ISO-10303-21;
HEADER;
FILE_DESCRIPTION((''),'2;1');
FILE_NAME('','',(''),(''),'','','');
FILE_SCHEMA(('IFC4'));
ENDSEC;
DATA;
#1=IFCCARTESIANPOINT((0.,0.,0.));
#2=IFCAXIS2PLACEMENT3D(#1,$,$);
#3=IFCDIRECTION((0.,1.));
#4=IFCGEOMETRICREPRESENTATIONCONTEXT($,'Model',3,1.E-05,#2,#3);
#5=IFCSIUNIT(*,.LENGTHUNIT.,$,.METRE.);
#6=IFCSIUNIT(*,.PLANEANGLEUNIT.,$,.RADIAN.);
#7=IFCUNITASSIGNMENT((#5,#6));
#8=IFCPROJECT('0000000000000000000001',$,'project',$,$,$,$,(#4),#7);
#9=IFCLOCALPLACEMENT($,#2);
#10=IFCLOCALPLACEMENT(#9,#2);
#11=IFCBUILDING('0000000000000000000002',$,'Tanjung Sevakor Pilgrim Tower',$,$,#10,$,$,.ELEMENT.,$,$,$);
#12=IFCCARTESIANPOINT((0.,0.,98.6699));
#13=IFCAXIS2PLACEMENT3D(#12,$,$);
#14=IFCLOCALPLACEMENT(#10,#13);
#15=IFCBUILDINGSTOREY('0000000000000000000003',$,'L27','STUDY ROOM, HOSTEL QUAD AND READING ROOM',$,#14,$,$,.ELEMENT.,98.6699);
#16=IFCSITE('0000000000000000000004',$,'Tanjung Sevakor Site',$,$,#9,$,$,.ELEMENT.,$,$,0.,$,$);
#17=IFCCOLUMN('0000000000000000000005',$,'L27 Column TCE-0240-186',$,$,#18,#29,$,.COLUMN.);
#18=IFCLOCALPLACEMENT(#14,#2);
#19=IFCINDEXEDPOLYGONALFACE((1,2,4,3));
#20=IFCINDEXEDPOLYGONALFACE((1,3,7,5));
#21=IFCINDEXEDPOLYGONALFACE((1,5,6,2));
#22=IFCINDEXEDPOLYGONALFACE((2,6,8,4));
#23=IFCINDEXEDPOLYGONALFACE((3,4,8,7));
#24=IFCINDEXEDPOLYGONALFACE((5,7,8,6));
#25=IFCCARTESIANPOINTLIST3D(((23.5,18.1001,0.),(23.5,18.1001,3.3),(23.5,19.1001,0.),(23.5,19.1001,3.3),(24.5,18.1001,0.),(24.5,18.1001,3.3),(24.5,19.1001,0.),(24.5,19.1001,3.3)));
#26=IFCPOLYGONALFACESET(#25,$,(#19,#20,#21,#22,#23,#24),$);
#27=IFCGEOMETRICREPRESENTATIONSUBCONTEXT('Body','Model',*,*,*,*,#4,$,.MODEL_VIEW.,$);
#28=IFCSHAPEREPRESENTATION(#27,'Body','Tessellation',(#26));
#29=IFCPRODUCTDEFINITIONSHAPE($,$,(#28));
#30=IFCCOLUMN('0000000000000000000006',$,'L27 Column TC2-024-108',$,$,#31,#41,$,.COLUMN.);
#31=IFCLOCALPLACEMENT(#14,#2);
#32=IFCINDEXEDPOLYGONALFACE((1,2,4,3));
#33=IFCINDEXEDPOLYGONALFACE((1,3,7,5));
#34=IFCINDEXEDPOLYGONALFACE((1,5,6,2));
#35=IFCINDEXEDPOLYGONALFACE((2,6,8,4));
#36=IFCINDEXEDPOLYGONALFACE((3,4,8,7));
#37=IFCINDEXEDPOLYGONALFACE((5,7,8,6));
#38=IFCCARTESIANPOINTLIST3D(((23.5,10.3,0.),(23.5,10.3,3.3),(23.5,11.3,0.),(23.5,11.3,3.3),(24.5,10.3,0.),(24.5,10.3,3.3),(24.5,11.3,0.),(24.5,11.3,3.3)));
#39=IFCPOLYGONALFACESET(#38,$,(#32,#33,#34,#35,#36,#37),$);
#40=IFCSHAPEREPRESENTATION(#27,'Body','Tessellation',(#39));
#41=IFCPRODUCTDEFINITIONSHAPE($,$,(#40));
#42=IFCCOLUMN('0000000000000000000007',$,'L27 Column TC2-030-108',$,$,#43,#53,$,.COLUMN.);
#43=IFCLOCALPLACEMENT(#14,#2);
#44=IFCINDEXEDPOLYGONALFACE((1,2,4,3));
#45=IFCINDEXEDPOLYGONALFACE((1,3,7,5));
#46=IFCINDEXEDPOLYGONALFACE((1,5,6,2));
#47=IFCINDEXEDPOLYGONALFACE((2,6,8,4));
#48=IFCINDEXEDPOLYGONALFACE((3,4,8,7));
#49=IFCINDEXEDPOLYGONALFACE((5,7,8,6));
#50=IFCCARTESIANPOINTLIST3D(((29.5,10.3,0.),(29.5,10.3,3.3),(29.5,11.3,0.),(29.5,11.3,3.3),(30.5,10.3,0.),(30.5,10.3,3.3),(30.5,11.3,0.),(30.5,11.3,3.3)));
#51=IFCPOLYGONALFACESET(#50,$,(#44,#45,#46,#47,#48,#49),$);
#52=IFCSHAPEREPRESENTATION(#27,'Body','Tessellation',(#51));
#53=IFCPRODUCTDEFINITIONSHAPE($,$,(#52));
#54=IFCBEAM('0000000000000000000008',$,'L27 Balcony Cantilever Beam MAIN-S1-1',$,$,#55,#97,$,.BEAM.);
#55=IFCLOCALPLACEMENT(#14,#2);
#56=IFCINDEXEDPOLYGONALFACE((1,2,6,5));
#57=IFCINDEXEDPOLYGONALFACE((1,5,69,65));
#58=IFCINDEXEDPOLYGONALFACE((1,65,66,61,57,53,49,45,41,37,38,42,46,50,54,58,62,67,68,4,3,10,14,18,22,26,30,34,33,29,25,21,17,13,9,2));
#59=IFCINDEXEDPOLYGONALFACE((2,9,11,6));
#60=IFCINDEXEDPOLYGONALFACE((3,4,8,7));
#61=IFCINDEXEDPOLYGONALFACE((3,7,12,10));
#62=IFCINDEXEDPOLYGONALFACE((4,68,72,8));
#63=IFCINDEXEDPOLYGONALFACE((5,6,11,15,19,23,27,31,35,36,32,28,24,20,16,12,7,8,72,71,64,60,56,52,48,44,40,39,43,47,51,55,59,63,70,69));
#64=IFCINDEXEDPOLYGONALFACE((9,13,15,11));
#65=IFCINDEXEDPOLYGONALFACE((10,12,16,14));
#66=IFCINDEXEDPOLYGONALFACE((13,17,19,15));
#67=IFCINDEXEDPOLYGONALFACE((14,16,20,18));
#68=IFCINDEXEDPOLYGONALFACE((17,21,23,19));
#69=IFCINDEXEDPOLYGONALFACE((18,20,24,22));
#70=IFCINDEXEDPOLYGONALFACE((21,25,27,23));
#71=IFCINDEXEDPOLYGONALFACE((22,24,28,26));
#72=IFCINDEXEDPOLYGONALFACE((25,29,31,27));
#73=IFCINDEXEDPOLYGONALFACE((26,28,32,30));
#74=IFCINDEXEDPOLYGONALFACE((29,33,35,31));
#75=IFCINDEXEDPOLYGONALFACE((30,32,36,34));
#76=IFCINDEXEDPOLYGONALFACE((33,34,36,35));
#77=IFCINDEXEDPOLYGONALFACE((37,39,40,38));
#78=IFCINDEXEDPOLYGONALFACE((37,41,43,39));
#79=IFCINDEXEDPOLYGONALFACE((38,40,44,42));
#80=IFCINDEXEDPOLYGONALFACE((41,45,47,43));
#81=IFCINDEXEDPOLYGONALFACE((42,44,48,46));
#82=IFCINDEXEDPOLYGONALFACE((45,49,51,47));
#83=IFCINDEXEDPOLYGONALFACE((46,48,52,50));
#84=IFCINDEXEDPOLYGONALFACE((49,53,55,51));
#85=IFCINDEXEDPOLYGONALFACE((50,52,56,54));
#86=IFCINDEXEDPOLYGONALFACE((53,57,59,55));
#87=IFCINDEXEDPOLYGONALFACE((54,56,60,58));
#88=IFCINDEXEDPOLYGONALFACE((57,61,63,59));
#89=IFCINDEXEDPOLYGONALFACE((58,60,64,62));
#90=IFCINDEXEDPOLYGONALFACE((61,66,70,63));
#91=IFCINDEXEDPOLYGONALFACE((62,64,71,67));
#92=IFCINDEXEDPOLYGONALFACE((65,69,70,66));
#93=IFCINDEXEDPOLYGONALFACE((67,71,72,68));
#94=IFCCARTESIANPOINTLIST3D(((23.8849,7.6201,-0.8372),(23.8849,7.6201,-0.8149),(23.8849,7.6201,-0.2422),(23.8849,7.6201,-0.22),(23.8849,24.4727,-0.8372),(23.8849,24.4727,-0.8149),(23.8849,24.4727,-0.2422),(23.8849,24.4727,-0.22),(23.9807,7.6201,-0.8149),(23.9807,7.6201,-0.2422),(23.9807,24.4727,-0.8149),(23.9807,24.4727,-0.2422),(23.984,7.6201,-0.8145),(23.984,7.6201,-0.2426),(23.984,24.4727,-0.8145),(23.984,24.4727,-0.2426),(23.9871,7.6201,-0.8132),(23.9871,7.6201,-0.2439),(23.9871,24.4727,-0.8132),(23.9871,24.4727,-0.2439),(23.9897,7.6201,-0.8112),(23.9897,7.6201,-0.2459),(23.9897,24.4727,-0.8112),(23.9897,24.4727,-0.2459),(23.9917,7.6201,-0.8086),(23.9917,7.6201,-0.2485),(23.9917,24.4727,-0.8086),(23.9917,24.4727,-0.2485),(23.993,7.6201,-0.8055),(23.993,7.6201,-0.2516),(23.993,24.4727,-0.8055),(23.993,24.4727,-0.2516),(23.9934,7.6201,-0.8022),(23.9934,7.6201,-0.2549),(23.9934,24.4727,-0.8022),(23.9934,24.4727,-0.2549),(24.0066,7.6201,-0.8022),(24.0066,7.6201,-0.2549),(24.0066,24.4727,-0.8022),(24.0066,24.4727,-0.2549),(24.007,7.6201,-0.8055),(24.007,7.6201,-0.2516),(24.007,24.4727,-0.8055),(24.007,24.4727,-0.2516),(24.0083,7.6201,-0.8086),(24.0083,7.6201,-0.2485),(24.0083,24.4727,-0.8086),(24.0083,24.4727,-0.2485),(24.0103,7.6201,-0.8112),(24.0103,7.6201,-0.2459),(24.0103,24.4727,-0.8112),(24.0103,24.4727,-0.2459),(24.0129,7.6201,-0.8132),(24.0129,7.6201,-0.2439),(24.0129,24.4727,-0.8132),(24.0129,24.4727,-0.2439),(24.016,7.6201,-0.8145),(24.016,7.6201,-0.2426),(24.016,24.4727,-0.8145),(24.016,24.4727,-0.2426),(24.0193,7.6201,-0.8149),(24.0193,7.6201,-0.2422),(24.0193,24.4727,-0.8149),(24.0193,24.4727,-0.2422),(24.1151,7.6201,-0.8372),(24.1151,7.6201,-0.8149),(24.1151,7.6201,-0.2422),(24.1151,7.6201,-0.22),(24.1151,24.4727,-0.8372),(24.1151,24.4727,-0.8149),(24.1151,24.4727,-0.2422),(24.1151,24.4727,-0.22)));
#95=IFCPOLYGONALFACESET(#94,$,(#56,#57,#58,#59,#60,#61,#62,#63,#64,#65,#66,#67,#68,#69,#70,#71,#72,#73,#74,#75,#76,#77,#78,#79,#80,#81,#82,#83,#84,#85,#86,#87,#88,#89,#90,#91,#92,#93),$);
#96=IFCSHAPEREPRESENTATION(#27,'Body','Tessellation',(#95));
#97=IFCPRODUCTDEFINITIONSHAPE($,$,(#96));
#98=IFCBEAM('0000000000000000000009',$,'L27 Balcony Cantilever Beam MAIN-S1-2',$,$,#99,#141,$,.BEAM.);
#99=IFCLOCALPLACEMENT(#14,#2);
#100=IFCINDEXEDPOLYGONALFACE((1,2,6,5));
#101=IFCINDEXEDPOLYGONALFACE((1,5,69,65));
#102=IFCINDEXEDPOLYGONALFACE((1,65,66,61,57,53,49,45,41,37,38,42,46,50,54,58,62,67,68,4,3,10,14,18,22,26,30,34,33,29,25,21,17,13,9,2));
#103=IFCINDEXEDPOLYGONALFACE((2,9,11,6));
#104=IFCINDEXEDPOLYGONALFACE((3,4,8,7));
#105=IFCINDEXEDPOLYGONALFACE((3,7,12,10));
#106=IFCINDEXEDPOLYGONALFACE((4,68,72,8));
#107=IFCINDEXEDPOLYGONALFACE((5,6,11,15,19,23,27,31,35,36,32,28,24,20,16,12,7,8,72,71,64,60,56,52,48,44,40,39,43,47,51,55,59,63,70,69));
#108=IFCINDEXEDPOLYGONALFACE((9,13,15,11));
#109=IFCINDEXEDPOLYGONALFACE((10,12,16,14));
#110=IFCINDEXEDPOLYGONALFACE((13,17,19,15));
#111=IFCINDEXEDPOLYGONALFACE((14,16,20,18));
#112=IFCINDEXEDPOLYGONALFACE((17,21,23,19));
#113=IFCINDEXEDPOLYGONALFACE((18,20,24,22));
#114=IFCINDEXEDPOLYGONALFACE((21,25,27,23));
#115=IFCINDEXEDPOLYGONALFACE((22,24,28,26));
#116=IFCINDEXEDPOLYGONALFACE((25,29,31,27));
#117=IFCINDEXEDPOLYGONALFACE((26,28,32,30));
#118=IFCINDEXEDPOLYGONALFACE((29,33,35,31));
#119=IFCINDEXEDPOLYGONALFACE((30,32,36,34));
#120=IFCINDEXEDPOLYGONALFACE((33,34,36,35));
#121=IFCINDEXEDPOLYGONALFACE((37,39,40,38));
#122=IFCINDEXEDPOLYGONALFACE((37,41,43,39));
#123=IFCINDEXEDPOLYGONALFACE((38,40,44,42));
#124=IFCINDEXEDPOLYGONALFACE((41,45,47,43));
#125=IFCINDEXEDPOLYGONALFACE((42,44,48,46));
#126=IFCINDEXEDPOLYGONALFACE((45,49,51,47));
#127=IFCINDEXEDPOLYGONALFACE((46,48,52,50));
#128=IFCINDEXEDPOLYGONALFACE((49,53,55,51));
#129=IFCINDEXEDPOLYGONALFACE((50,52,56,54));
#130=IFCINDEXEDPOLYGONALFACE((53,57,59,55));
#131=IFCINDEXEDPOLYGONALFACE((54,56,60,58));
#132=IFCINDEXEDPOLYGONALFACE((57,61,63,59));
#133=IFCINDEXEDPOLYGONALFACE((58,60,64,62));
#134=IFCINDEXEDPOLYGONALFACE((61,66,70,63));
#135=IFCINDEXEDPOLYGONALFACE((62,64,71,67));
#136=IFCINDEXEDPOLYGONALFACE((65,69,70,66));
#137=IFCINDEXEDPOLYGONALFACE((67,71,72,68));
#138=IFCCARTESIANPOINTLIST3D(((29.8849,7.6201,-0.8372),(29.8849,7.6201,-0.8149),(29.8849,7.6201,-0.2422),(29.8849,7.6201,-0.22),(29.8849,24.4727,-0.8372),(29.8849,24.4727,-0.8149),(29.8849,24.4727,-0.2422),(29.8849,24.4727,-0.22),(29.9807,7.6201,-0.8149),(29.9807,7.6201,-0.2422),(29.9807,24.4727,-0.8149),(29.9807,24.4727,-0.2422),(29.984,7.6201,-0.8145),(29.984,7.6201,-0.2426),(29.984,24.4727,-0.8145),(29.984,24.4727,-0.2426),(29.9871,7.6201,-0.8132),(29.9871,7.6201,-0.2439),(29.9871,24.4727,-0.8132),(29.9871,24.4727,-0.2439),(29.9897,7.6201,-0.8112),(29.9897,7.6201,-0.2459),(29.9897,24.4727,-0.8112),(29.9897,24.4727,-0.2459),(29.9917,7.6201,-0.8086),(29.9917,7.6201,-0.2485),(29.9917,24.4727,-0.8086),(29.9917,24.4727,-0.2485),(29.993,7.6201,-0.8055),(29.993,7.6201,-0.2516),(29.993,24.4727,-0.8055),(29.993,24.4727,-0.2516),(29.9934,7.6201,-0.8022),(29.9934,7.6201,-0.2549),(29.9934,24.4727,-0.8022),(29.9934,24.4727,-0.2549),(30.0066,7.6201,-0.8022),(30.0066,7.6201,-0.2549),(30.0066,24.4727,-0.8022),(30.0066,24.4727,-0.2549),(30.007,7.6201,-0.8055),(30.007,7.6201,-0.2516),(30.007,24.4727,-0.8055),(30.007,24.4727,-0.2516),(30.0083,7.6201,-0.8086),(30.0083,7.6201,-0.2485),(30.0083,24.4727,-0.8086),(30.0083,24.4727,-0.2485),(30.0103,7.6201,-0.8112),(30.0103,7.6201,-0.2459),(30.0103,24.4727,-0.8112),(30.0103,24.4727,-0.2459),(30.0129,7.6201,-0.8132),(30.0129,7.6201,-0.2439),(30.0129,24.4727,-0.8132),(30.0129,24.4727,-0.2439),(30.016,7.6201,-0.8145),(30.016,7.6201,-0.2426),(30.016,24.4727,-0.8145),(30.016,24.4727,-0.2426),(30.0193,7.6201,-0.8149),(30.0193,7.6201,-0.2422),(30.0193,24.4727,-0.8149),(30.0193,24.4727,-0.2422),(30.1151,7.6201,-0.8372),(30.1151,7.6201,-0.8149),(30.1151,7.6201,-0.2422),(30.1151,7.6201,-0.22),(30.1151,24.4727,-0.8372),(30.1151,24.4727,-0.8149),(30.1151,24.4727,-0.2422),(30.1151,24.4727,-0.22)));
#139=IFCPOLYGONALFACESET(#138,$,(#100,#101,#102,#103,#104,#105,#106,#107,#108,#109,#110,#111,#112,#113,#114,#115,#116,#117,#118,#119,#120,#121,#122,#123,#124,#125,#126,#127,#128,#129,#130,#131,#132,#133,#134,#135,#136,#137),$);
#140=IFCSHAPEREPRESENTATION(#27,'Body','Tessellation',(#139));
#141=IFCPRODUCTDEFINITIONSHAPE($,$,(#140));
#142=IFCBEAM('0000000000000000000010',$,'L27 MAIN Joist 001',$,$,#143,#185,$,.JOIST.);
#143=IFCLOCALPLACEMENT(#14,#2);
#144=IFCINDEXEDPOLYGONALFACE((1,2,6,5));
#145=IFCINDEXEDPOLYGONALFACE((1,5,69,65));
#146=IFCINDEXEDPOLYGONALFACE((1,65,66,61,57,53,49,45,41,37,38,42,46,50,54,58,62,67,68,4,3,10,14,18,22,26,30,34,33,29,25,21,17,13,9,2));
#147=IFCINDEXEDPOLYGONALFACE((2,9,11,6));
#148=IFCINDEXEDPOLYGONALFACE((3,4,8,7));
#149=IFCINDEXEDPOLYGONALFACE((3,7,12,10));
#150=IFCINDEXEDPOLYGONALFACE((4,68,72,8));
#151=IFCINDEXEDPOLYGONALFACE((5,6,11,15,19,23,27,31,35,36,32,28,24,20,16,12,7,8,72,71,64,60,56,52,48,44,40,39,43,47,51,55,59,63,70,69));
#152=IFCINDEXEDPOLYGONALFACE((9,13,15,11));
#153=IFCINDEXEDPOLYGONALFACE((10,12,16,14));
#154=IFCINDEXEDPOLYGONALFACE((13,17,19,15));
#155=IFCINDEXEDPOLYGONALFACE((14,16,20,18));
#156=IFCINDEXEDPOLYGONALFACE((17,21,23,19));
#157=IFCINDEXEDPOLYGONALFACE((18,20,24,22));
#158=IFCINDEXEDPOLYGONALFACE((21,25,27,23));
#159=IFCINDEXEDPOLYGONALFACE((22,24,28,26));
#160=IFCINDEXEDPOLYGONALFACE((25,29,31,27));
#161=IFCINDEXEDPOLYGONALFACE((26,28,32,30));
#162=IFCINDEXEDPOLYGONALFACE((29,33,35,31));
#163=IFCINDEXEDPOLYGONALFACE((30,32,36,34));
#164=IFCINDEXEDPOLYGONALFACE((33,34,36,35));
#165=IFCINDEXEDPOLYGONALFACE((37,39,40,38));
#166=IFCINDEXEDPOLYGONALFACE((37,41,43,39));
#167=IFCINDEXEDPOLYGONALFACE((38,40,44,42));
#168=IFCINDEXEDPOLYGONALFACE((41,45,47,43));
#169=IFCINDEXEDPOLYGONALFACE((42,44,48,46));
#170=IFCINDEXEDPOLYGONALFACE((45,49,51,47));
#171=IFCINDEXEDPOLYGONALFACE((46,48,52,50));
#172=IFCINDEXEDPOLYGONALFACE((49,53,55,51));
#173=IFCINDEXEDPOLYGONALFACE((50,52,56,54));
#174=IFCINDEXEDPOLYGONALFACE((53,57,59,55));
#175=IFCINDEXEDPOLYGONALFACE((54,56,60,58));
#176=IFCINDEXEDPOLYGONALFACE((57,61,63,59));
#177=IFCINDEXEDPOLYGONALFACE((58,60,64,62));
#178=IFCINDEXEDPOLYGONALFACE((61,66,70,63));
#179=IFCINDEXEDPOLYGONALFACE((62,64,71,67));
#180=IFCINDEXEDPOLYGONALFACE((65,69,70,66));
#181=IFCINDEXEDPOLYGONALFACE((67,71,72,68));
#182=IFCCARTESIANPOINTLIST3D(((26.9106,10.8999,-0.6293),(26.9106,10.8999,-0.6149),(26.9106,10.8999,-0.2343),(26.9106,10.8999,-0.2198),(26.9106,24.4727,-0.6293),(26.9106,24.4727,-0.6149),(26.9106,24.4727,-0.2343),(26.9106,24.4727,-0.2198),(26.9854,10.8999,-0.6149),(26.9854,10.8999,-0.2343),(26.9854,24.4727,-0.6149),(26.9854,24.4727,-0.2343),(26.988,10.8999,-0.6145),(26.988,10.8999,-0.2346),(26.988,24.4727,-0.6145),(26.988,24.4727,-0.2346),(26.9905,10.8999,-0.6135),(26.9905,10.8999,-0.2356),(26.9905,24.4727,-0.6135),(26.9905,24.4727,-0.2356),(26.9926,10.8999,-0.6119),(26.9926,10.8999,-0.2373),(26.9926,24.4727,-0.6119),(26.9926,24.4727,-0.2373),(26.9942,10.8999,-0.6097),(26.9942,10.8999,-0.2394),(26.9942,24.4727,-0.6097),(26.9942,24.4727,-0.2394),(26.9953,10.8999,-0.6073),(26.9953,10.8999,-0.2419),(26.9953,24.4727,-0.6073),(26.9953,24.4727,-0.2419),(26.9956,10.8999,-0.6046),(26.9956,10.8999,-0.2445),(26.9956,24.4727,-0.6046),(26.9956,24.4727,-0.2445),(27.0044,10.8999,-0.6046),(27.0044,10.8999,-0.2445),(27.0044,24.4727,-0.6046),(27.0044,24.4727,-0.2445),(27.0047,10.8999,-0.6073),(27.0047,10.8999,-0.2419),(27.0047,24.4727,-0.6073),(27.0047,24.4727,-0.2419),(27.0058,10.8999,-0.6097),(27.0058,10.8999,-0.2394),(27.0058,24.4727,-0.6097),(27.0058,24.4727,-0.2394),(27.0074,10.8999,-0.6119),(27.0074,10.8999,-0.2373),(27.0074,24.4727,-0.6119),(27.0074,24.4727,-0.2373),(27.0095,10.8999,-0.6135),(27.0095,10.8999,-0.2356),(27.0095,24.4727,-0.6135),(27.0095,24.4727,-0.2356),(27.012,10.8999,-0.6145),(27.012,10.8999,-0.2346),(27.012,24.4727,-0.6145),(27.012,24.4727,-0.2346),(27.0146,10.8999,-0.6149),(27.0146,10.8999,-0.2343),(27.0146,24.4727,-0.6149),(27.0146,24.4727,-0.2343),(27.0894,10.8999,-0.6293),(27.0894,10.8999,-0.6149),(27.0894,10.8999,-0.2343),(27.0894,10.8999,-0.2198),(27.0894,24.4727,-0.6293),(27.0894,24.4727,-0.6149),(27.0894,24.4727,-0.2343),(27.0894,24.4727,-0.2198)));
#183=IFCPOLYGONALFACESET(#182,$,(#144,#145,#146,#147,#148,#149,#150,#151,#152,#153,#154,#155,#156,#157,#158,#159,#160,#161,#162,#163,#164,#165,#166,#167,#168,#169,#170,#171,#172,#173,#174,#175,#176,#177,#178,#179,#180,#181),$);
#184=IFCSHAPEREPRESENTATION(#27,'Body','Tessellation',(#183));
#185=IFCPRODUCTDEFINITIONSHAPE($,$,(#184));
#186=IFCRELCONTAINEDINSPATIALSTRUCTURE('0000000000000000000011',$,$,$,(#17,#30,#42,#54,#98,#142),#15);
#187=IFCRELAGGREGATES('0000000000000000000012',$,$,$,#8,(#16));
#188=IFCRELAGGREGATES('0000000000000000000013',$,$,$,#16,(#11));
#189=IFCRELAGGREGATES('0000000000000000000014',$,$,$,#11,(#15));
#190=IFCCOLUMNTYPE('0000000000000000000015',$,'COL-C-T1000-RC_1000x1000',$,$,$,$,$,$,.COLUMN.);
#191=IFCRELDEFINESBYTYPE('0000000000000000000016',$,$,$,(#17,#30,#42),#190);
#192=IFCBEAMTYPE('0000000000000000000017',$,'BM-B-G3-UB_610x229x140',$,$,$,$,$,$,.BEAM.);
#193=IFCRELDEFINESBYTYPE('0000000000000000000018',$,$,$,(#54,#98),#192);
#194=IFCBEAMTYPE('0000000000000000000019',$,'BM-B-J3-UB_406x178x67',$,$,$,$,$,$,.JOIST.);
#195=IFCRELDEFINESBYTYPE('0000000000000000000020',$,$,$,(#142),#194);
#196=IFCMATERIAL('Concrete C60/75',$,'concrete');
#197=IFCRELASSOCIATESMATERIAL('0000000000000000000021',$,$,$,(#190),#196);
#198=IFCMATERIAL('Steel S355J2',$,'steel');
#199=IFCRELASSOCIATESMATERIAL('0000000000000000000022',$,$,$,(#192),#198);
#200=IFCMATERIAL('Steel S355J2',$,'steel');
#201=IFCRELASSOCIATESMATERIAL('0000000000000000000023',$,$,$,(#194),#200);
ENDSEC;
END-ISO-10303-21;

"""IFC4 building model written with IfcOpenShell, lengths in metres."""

from ifc_helpers import new_model, si_unit, direction, frame, origin, origin_2d, place, context, subcontext, project, spatial, rectangle, i_section, extrude, material, material_profile, profile_set, type_object, element, save


model = new_model("IFC4")

# Units and contexts
model_context = context("Model", 3, precision=1e-05, world=origin(), true_north=direction((0.0, 1.0)))
body_context = subcontext(model_context, "Body", "Model", "MODEL_VIEW")
ifc_project = project(units=[si_unit("LENGTHUNIT", "METRE"), si_unit("PLANEANGLEUNIT", "RADIAN")], contexts=[model_context])

# Site, building, storey
site_placement = place(None, origin())
site = spatial("IfcSite", under=ifc_project, at=site_placement, Name="Tanjung Sevakor Site", CompositionType="ELEMENT", RefElevation=0.0)
building_placement = place(site_placement, origin())
building = spatial("IfcBuilding", under=site, at=building_placement, Name="Tanjung Sevakor Pilgrim Tower", CompositionType="ELEMENT")
storey_placement = place(building_placement, frame((0.0, 0.0, 98.6699)))
storey = spatial("IfcBuildingStorey", under=building, at=storey_placement, Name="L27", Description="STUDY ROOM, HOSTEL QUAD AND READING ROOM", CompositionType="ELEMENT", Elevation=98.6699)

# Columns
ifc_material_1 = material(Name="Concrete C60/75", Category="concrete")
ifc_material_profile_1 = material_profile(ifc_material_1, rectangle(XDim=1.0, YDim=1.0, at=origin_2d()))
ifc_profile_set_1 = profile_set([ifc_material_profile_1], Name="Concrete C60/75")
column_type = type_object("IfcColumnType", Name="COL-C-T1000-RC_1000x1000", PredefinedType="COLUMN", material=ifc_profile_set_1)
for number, where, z_axis, x_axis, name in (
    (1, (24.0, 18.6001, 0.0), (0.0, 0.0, 1.0), (1.0, 0.0, 0.0), "L27 Column TCE-0240-186"),
    (2, (24.0, 10.8, 0.0), (0.0, 0.0, 1.0), (1.0, 0.0, 0.0), "L27 Column TC2-024-108"),
    (3, (30.0, 10.8, 0.0), (0.0, 0.0, 1.0), (1.0, 0.0, 0.0), "L27 Column TC2-030-108"),
):
    element("IfcColumn", number, at=place(storey_placement, frame(where, z_axis=z_axis, x_axis=x_axis)), inside=storey, type_object=column_type, Name=name, PredefinedType="COLUMN", context=body_context, shape_type="SweptSolid", body=[
        extrude(rectangle(XDim=1.0, YDim=1.0, at=origin_2d()), origin(), (0.0, 0.0, 1.0), 3.3),
    ])

# Beams
ifc_material_2 = material(Name="Steel S355J2", Category="steel")
ifc_material_profile_2 = material_profile(ifc_material_2, i_section(OverallWidth=0.2302, OverallDepth=0.6172, WebThickness=0.0132, FlangeThickness=0.0222, FilletRadius=0.0127, at=origin_2d()))
ifc_profile_set_2 = profile_set([ifc_material_profile_2], Name="Steel S355J2")
beam_type_1 = type_object("IfcBeamType", Name="BM-B-G3-UB_610x229x140", PredefinedType="BEAM", material=ifc_profile_set_2)
for number, where, z_axis, x_axis, name in (
    (4, (24.0, 24.4727, -0.5286), (0.0, -1.0, 0.0), (1.0, 0.0, 0.0), "L27 Balcony Cantilever Beam MAIN-S1-1"),
    (5, (30.0, 24.4727, -0.5286), (0.0, -1.0, 0.0), (1.0, 0.0, 0.0), "L27 Balcony Cantilever Beam MAIN-S1-2"),
):
    element("IfcBeam", number, at=place(storey_placement, frame(where, z_axis=z_axis, x_axis=x_axis)), inside=storey, type_object=beam_type_1, Name=name, PredefinedType="BEAM", context=body_context, shape_type="SweptSolid", body=[
        extrude(i_section(OverallWidth=0.2302, OverallDepth=0.6172, WebThickness=0.0132, FlangeThickness=0.0222, FilletRadius=0.0127, at=origin_2d()), origin(), (0.0, 0.0, 1.0), 16.8525),
    ])
ifc_material_3 = material(Name="Steel S355J2", Category="steel")
ifc_material_profile_3 = material_profile(ifc_material_3, i_section(OverallWidth=0.1787, OverallDepth=0.4094, WebThickness=0.0088, FlangeThickness=0.0144, FilletRadius=0.0103, at=origin_2d()))
ifc_profile_set_3 = profile_set([ifc_material_profile_3], Name="Steel S355J2")
beam_type_2 = type_object("IfcBeamType", Name="BM-B-J3-UB_406x178x67", PredefinedType="JOIST", material=ifc_profile_set_3)
beam_1_placement = place(storey_placement, frame((27.0, 10.8999, -0.4246), z_axis=(0.0, 1.0, 0.0), x_axis=(-1.0, 0.0, 0.0)))
element("IfcBeam", 6, at=beam_1_placement, inside=storey, type_object=beam_type_2, Name="L27 MAIN Joist 001", PredefinedType="JOIST", context=body_context, shape_type="SweptSolid", body=[
    extrude(i_section(OverallWidth=0.1787, OverallDepth=0.4094, WebThickness=0.0088, FlangeThickness=0.0144, FilletRadius=0.0103, at=origin_2d()), origin(), (0.0, 0.0, 1.0), 13.5728),
])

save(model, "model.ifc")
